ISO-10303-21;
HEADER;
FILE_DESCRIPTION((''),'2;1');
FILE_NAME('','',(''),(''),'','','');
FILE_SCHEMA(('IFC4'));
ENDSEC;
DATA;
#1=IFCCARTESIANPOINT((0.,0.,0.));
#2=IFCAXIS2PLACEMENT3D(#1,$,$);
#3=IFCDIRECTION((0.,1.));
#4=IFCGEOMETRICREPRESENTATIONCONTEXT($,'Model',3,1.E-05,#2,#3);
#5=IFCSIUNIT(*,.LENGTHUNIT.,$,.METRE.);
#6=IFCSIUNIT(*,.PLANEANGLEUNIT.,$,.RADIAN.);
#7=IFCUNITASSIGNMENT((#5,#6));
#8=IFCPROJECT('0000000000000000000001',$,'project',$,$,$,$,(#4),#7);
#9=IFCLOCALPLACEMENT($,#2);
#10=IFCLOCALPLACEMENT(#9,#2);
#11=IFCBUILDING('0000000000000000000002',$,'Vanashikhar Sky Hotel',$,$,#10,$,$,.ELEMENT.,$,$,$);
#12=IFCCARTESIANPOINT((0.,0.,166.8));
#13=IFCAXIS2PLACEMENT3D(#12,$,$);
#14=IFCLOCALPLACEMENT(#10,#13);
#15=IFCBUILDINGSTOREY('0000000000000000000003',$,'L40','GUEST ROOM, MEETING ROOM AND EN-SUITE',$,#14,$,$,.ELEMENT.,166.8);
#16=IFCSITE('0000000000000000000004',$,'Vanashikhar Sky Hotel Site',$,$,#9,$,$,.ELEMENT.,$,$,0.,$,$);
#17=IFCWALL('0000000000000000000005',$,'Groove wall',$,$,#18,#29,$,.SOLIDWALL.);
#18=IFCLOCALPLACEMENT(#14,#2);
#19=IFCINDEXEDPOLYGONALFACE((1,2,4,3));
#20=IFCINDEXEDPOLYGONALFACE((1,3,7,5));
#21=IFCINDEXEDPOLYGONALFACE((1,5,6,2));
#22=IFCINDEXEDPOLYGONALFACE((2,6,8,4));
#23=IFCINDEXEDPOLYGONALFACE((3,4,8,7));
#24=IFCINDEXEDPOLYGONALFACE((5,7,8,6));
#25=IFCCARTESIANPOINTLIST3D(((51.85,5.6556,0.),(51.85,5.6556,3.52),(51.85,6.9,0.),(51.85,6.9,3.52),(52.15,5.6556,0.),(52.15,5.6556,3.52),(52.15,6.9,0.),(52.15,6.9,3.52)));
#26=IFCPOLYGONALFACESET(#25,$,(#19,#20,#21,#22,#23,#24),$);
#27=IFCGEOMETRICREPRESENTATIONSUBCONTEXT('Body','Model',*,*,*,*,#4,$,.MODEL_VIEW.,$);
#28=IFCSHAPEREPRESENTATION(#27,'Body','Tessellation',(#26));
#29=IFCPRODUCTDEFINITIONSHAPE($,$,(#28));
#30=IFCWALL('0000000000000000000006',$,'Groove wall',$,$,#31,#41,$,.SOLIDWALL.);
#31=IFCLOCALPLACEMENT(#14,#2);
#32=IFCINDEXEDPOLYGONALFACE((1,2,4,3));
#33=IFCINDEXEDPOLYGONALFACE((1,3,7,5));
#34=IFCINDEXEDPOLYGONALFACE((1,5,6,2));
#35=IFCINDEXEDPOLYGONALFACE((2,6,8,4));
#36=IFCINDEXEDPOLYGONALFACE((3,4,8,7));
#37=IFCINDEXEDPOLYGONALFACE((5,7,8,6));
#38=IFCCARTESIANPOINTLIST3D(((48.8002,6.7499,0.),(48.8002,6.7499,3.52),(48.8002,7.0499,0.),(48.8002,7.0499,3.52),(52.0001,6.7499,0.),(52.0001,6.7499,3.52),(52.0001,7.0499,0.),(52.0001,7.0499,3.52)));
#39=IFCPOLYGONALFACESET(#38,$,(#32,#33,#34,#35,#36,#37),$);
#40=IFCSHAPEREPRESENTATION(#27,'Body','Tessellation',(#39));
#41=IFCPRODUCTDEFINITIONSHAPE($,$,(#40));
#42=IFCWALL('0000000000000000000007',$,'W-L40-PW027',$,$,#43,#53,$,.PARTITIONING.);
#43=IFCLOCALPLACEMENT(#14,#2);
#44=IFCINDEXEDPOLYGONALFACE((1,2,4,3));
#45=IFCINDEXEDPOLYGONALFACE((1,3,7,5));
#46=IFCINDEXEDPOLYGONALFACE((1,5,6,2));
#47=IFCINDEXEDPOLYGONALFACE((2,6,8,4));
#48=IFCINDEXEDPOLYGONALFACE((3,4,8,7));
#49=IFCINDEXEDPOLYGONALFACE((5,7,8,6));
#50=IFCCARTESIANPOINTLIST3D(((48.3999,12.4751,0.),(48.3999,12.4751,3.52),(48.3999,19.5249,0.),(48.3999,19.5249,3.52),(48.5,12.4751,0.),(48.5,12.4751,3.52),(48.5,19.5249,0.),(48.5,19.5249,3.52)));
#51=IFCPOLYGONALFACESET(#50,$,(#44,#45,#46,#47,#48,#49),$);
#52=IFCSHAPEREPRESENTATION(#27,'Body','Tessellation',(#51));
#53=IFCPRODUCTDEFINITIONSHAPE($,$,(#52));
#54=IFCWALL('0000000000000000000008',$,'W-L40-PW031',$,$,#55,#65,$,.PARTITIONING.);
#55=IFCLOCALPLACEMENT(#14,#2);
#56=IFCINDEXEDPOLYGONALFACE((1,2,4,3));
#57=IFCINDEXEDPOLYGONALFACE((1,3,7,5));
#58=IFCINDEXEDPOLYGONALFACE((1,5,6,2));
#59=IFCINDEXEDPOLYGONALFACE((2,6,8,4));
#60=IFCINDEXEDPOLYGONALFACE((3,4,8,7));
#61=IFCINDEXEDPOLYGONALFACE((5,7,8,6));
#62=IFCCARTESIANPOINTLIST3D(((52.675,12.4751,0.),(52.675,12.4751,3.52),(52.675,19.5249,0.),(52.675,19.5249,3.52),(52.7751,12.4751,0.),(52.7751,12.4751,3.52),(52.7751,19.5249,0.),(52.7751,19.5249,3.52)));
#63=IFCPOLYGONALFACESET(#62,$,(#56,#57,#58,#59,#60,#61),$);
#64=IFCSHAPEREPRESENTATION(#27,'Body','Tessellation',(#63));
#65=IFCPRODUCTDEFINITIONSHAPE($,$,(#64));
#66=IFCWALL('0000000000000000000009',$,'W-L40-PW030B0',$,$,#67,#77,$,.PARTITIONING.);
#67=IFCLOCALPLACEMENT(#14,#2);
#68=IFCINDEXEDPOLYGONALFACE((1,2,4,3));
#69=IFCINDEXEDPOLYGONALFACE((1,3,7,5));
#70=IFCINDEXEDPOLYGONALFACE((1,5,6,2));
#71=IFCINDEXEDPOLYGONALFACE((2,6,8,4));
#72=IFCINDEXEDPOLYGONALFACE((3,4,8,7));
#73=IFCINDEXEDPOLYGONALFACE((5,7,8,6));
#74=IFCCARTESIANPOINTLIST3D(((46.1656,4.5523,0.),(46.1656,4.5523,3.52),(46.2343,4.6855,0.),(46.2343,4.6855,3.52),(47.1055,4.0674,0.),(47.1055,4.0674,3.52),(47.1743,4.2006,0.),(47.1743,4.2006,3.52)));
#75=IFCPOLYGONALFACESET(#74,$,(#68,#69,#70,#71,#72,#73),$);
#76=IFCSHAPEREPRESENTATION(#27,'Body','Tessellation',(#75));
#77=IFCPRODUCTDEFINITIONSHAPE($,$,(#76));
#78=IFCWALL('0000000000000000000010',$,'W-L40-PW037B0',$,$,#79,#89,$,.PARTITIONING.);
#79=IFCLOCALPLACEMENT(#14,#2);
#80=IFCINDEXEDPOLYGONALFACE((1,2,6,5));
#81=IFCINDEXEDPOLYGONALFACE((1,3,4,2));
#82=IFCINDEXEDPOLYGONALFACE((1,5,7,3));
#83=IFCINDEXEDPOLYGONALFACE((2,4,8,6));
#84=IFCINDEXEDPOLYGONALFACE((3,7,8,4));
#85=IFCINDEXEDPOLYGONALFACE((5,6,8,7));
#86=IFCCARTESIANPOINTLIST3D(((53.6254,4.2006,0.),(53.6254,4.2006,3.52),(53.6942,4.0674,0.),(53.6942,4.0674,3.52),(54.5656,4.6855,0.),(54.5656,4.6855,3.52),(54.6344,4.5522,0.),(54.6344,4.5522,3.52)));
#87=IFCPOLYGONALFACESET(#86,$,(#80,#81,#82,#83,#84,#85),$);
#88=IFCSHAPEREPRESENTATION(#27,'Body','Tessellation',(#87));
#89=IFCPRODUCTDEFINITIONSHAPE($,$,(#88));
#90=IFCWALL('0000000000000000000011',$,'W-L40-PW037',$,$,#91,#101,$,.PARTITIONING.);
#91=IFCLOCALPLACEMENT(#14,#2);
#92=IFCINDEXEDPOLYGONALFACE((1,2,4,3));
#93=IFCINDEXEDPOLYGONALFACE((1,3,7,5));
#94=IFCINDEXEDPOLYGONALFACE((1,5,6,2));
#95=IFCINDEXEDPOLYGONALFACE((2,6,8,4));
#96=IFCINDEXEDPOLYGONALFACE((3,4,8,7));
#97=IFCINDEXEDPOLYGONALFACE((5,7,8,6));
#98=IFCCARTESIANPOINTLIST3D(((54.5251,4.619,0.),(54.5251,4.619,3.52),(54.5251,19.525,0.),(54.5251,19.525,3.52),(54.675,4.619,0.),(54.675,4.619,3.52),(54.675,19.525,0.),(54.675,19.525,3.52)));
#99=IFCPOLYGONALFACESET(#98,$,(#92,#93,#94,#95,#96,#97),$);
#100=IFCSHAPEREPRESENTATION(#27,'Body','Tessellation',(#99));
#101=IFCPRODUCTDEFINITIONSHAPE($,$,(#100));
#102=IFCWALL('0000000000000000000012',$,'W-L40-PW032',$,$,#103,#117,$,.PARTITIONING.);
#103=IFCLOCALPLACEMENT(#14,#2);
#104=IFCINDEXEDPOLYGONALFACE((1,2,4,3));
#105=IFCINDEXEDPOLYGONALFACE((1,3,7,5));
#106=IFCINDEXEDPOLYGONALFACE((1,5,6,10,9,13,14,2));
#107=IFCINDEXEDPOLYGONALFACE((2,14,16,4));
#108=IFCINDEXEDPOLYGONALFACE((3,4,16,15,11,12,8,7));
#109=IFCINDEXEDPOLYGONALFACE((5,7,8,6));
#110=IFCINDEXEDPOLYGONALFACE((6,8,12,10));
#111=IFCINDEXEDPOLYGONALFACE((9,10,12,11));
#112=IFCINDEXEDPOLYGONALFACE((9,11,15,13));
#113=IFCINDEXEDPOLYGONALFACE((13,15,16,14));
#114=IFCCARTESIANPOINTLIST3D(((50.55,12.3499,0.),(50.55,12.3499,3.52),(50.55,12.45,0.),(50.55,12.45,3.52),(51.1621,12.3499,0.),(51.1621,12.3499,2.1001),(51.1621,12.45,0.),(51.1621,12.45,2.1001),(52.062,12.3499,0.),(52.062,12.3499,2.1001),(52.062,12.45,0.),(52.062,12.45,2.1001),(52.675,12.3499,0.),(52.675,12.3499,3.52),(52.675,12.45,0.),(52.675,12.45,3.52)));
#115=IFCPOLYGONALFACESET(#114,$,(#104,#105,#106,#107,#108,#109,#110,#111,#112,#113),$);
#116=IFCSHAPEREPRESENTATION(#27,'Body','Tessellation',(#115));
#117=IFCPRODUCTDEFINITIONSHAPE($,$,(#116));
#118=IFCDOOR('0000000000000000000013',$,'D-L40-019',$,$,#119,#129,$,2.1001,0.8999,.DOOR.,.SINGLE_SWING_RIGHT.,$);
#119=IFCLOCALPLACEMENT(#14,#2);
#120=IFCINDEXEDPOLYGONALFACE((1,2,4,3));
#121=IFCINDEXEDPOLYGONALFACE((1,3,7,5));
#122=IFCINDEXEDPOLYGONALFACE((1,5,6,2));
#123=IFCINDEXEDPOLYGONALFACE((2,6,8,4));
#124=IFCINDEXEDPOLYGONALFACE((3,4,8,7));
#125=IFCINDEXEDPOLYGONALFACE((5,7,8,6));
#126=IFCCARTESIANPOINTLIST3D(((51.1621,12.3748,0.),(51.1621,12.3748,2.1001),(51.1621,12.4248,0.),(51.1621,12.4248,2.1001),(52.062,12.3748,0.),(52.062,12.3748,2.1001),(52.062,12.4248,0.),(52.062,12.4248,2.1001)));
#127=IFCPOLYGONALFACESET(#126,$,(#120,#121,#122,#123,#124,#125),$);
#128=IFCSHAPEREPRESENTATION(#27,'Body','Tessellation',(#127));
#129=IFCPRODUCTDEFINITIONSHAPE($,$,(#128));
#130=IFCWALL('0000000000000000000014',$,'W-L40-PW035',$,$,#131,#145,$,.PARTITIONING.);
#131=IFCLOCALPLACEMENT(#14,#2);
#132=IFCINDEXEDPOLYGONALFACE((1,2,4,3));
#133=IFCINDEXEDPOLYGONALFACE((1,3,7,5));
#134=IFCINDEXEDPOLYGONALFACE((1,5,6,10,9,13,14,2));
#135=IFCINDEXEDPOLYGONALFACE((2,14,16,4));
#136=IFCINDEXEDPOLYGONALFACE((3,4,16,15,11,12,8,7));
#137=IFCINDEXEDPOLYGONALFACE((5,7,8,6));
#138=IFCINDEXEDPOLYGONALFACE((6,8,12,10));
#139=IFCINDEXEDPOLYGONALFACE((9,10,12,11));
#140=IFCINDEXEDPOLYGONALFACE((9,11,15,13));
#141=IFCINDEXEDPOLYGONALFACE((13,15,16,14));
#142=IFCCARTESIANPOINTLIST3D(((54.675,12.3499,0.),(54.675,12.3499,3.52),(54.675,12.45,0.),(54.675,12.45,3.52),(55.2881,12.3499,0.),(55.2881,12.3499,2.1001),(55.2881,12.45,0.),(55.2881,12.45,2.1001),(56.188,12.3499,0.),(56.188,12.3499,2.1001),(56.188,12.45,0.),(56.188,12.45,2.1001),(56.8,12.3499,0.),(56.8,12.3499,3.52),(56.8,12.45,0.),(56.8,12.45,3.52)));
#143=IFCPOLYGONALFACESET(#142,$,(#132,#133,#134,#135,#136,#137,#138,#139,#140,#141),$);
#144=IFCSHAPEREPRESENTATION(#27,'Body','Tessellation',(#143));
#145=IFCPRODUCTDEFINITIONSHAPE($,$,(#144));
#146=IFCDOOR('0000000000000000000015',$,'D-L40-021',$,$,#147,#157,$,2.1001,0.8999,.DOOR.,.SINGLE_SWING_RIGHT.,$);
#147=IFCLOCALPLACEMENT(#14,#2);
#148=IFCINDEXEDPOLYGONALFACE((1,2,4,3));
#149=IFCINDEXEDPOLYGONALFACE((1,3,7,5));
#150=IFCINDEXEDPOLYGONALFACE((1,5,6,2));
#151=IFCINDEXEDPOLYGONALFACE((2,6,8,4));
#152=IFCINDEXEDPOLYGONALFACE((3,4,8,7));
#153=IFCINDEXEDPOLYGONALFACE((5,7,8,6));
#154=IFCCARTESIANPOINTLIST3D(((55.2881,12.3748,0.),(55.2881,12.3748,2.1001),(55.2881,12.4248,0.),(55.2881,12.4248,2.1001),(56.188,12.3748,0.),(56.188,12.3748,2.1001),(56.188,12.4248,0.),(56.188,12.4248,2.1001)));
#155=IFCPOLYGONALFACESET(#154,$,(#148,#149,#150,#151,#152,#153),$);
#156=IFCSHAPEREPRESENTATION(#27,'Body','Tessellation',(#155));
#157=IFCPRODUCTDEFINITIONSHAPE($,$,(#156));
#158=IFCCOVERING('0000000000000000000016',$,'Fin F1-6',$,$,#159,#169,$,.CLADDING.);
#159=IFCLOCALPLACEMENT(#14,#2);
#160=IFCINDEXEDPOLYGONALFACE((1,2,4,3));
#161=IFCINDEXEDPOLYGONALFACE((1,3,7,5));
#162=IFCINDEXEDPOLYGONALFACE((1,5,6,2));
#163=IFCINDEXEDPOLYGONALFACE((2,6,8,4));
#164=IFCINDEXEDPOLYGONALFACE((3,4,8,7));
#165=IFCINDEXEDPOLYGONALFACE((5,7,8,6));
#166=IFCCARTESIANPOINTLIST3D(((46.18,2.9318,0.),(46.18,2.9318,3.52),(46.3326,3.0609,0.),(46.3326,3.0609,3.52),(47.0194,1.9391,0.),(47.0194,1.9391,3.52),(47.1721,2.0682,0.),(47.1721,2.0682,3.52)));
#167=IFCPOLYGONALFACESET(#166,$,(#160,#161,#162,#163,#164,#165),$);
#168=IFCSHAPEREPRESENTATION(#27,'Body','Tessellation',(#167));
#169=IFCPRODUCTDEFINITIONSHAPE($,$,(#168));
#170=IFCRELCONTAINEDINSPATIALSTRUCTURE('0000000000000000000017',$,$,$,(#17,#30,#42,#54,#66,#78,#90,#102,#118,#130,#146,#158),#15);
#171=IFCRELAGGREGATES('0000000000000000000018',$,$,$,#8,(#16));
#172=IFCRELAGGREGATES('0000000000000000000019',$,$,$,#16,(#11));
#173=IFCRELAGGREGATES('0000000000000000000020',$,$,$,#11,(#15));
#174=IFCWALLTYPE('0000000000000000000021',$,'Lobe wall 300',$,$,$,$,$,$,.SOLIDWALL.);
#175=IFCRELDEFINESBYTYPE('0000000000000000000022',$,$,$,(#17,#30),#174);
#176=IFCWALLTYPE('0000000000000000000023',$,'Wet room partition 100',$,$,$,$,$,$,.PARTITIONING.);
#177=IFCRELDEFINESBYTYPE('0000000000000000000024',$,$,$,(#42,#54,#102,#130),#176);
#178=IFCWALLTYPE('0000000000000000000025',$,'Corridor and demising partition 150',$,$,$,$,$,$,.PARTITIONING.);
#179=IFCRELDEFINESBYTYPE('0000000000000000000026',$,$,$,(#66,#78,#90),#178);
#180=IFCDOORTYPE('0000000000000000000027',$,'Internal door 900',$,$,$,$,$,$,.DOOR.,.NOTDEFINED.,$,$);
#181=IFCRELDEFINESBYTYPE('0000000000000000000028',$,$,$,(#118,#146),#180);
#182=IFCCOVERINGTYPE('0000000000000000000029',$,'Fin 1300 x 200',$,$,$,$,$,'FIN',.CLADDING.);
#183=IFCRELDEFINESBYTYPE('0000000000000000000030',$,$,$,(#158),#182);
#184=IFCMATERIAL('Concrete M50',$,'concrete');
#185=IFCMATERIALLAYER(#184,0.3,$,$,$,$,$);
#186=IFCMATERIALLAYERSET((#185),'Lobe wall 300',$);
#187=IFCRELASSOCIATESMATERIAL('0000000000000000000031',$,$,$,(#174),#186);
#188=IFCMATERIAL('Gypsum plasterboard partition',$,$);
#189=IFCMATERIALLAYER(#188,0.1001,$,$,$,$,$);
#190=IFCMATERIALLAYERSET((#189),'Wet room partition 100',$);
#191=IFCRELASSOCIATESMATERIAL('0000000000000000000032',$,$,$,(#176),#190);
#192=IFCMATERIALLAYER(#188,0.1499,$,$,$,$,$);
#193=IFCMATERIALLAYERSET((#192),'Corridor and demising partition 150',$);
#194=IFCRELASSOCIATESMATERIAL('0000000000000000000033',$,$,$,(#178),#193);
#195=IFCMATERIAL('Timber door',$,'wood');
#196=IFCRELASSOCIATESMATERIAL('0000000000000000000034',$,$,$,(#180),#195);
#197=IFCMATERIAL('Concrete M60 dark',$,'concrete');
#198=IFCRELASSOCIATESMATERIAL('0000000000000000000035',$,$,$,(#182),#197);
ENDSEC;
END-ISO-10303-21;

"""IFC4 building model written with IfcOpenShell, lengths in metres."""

from ifc_helpers import new_model, si_unit, direction, frame, frame_2d, origin, origin_2d, place, context, subcontext, project, spatial, rectangle, extrude, source, transform, mapped, material, layer, layer_set, material_profile, profile_set, type_object, element, fill, save


model = new_model("IFC4")

# Units and contexts
model_context = context("Model", 3, precision=1e-05, world=origin(), true_north=direction((0.0, 1.0)))
body_context = subcontext(model_context, "Body", "Model", "MODEL_VIEW")
ifc_project = project(units=[si_unit("LENGTHUNIT", "METRE"), si_unit("PLANEANGLEUNIT", "RADIAN")], contexts=[model_context])

# Site, building, storey
site_placement = place(None, origin())
site = spatial("IfcSite", under=ifc_project, at=site_placement, Name="Vanashikhar Sky Hotel Site", CompositionType="ELEMENT", RefElevation=0.0)
building_placement = place(site_placement, origin())
building = spatial("IfcBuilding", under=site, at=building_placement, Name="Vanashikhar Sky Hotel", CompositionType="ELEMENT")
storey_placement = place(building_placement, frame((0.0, 0.0, 166.8)))
storey = spatial("IfcBuildingStorey", under=building, at=storey_placement, Name="L40", Description="GUEST ROOM, MEETING ROOM AND EN-SUITE", CompositionType="ELEMENT", Elevation=166.8)

# Shared definitions
ifc_material_1 = material(Name="Concrete M50", Category="concrete")

# Shared definitions
ifc_layer_1 = layer(ifc_material_1, 0.3)
ifc_layer_set_1 = layer_set([ifc_layer_1], Name="Lobe wall 300")
wall_type_1 = type_object("IfcWallType", Name="Lobe wall 300", PredefinedType="SOLIDWALL", material=ifc_layer_set_1)

# Walls
shared_shape_1 = source(origin(), body_context, "Body", "SweptSolid", [
    extrude(rectangle(XDim=1.2444, YDim=0.3, at=frame_2d((0.6221, 0.0))), origin(), (0.0, 0.0, 1.0), 3.52),
])
for number, where, z_axis, x_axis, name in (
    (1, (52.0, 6.8999, 0.0), (0.0, 0.0, 1.0), (0.0, -1.0, 0.0), "Groove wall"),
):
    element("IfcWall", number, at=place(storey_placement, frame(where, z_axis=z_axis, x_axis=x_axis)), inside=storey, type_object=wall_type_1, Name=name, PredefinedType="SOLIDWALL", context=body_context, shape_type="MappedRepresentation", body=[
        mapped(shared_shape_1, transform((0.0, 0.0, 0.0), scale=1.0)),
    ])
shared_shape_2 = source(origin(), body_context, "Body", "SweptSolid", [
    extrude(rectangle(XDim=3.2, YDim=0.3, at=frame_2d((1.6001, 0.0))), origin(), (0.0, 0.0, 1.0), 3.52),
])
wall_1_placement = place(storey_placement, frame((48.8, 6.8999, 0.0), z_axis=(0.0, 0.0, 1.0), x_axis=(1.0, 0.0, 0.0)))
element("IfcWall", 2, at=wall_1_placement, inside=storey, type_object=wall_type_1, Name="Groove wall", PredefinedType="SOLIDWALL", context=body_context, shape_type="MappedRepresentation", body=[
    mapped(shared_shape_2, transform((0.0, 0.0, 0.0), scale=1.0)),
])
ifc_material_2 = material(Name="Gypsum plasterboard partition")
ifc_layer_2 = layer(ifc_material_2, 0.1001)
ifc_layer_set_2 = layer_set([ifc_layer_2], Name="Wet room partition 100")
wall_type_2 = type_object("IfcWallType", Name="Wet room partition 100", PredefinedType="PARTITIONING", material=ifc_layer_set_2)
shared_shape_3 = source(origin(), body_context, "Body", "SweptSolid", [
    extrude(rectangle(XDim=7.0498, YDim=0.1001, at=frame_2d((3.5249, 0.0))), origin(), (0.0, 0.0, 1.0), 3.52),
])
for number, where, z_axis, x_axis, name in (
    (3, (48.45, 12.4751, 0.0), (0.0, 0.0, 1.0), (0.0, 1.0, 0.0), "W-L40-PW027"),
    (4, (52.7251, 12.4751, 0.0), (0.0, 0.0, 1.0), (0.0, 1.0, 0.0), "W-L40-PW031"),
):
    element("IfcWall", number, at=place(storey_placement, frame(where, z_axis=z_axis, x_axis=x_axis)), inside=storey, type_object=wall_type_2, Name=name, PredefinedType="PARTITIONING", context=body_context, shape_type="MappedRepresentation", body=[
        mapped(shared_shape_3, transform((0.0, 0.0, 0.0), scale=1.0)),
    ])
ifc_layer_3 = layer(ifc_material_2, 0.1499)
ifc_layer_set_3 = layer_set([ifc_layer_3], Name="Corridor and demising partition 150")
wall_type_3 = type_object("IfcWallType", Name="Corridor and demising partition 150", PredefinedType="PARTITIONING", material=ifc_layer_set_3)
shared_shape_4 = source(origin(), body_context, "Body", "SweptSolid", [
    extrude(rectangle(XDim=1.0576, YDim=0.1499, at=frame_2d((0.5288, 0.0))), origin(), (0.0, 0.0, 1.0), 3.52),
])
wall_2_placement = place(storey_placement, frame((47.1399, 4.134, 0.0), z_axis=(0.0, 0.0, 1.0), x_axis=(-0.888724, 0.458443, 0.0)))
element("IfcWall", 5, at=wall_2_placement, inside=storey, type_object=wall_type_3, Name="W-L40-PW030B0", PredefinedType="PARTITIONING", context=body_context, shape_type="MappedRepresentation", body=[
    mapped(shared_shape_4, transform((0.0, 0.0, 0.0), scale=1.0)),
])
shared_shape_5 = source(origin(), body_context, "Body", "SweptSolid", [
    extrude(rectangle(XDim=1.0579, YDim=0.1499, at=frame_2d((0.5288, 0.0))), origin(), (0.0, 0.0, 1.0), 3.52),
])
wall_3_placement = place(storey_placement, frame((53.6599, 4.134, 0.0), z_axis=(0.0, 0.0, 1.0), x_axis=(0.888772, 0.458349, 0.0)))
element("IfcWall", 6, at=wall_3_placement, inside=storey, type_object=wall_type_3, Name="W-L40-PW037B0", PredefinedType="PARTITIONING", context=body_context, shape_type="MappedRepresentation", body=[
    mapped(shared_shape_5, transform((0.0, 0.0, 0.0), scale=1.0)),
])
shared_shape_6 = source(origin(), body_context, "Body", "SweptSolid", [
    extrude(rectangle(XDim=14.906, YDim=0.1499, at=frame_2d((7.4531, 0.0))), origin(), (0.0, 0.0, 1.0), 3.52),
])
wall_4_placement = place(storey_placement, frame((54.6001, 4.6189, 0.0), z_axis=(0.0, 0.0, 1.0), x_axis=(0.0, 1.0, 0.0)))
element("IfcWall", 7, at=wall_4_placement, inside=storey, type_object=wall_type_3, Name="W-L40-PW037", PredefinedType="PARTITIONING", context=body_context, shape_type="MappedRepresentation", body=[
    mapped(shared_shape_6, transform((0.0, 0.0, 0.0), scale=1.0)),
])

# Walls, openings, doors
shared_shape_7 = source(origin(), body_context, "Body", "SweptSolid", [
    extrude(rectangle(XDim=2.125, YDim=0.1001, at=frame_2d((1.0625, 0.0))), origin(), (0.0, 0.0, 1.0), 3.52),
])
wall_5_placement = place(storey_placement, frame((50.55, 12.3999, 0.0), z_axis=(0.0, 0.0, 1.0), x_axis=(1.0, 0.0, 0.0)))
wall_5 = element("IfcWall", 8, at=wall_5_placement, inside=storey, type_object=wall_type_2, Name="W-L40-PW032", PredefinedType="PARTITIONING", context=body_context, shape_type="MappedRepresentation", body=[
    mapped(shared_shape_7, transform((0.0, 0.0, 0.0), scale=1.0)),
])
shared_shape_8 = source(origin(), body_context, "Body", "SweptSolid", [
    extrude(rectangle(XDim=0.8999, YDim=2.1001, at=frame_2d((0.45, 1.05))), frame((0.0, 0.0601, 0.0), z_axis=(0.0, -1.0, 0.0), x_axis=(1.0, 0.0, 0.0)), (0.0, 0.0, 1.0), 0.1201),
])
opening_1_placement = place(wall_5_placement, frame((0.6121, 0.0, 0.0)))
opening_1 = element("IfcOpeningElement", 9, at=opening_1_placement, cuts=wall_5, PredefinedType="OPENING", context=body_context, shape_type="MappedRepresentation", body=[
    mapped(shared_shape_8, transform((0.0, 0.0, 0.0), scale=1.0)),
])
ifc_material_3 = material(Name="Timber door", Category="wood")
door_type = type_object("IfcDoorType", Name="Internal door 900", OperationType="NOTDEFINED", PredefinedType="DOOR", material=ifc_material_3)
shared_shape_9 = source(origin(), body_context, "Body", "SweptSolid", [
    extrude(rectangle(XDim=0.8999, YDim=2.1001, at=frame_2d((0.45, 1.05))), frame((0.0, 0.0249, 0.0), z_axis=(0.0, -1.0, 0.0), x_axis=(1.0, 0.0, 0.0)), (0.0, 0.0, 1.0), 0.05),
])
door_1_placement = place(opening_1_placement, origin())
door_1 = element("IfcDoor", 10, at=door_1_placement, inside=storey, type_object=door_type, Name="D-L40-019", OperationType="SINGLE_SWING_RIGHT", OverallHeight=2.1001, OverallWidth=0.8999, PredefinedType="DOOR", context=body_context, shape_type="MappedRepresentation", body=[
    mapped(shared_shape_9, transform((0.0, 0.0, 0.0), scale=1.0)),
])
fill(opening_1, door_1)
wall_6_placement = place(storey_placement, frame((54.675, 12.3999, 0.0), z_axis=(0.0, 0.0, 1.0), x_axis=(1.0, 0.0, 0.0)))
wall_6 = element("IfcWall", 11, at=wall_6_placement, inside=storey, type_object=wall_type_2, Name="W-L40-PW035", PredefinedType="PARTITIONING", context=body_context, shape_type="MappedRepresentation", body=[
    mapped(shared_shape_7, transform((0.0, 0.0, 0.0), scale=1.0)),
])
opening_2_placement = place(wall_6_placement, frame((0.613, 0.0, 0.0)))
opening_2 = element("IfcOpeningElement", 12, at=opening_2_placement, cuts=wall_6, PredefinedType="OPENING", context=body_context, shape_type="MappedRepresentation", body=[
    mapped(shared_shape_8, transform((0.0, 0.0, 0.0), scale=1.0)),
])
door_2_placement = place(opening_2_placement, origin())
door_2 = element("IfcDoor", 13, at=door_2_placement, inside=storey, type_object=door_type, Name="D-L40-021", OperationType="SINGLE_SWING_RIGHT", OverallHeight=2.1001, OverallWidth=0.8999, PredefinedType="DOOR", context=body_context, shape_type="MappedRepresentation", body=[
    mapped(shared_shape_9, transform((0.0, 0.0, 0.0), scale=1.0)),
])
fill(opening_2, door_2)

# Covering
ifc_material_4 = material(Name="Concrete M60 dark", Category="concrete")
ifc_material_profile_1 = material_profile(ifc_material_4, rectangle(XDim=1.3, YDim=0.2, at=origin_2d()))
ifc_profile_set_1 = profile_set([ifc_material_profile_1], Name="Fin 1300 x 200")
covering_type = type_object("IfcCoveringType", Name="Fin 1300 x 200", ElementType="FIN", PredefinedType="CLADDING", material=ifc_profile_set_1)
shared_shape_10 = source(origin(), body_context, "Body", "SweptSolid", [
    extrude(rectangle(XDim=1.3, YDim=0.2, at=origin_2d()), origin(), (0.0, 0.0, 1.0), 3.52),
])
for number, where, z_axis, x_axis, name in (
    (14, (46.676, 2.5, 0.0), (0.0, 0.0, 1.0), (0.645698, -0.763593, 0.0), "Fin F1-6"),
):
    element("IfcCovering", number, at=place(storey_placement, frame(where, z_axis=z_axis, x_axis=x_axis)), inside=storey, type_object=covering_type, Name=name, PredefinedType="CLADDING", context=body_context, shape_type="MappedRepresentation", body=[
        mapped(shared_shape_10, transform((0.0, 0.0, 0.0), scale=1.0)),
    ])

save(model, "model.ifc")
